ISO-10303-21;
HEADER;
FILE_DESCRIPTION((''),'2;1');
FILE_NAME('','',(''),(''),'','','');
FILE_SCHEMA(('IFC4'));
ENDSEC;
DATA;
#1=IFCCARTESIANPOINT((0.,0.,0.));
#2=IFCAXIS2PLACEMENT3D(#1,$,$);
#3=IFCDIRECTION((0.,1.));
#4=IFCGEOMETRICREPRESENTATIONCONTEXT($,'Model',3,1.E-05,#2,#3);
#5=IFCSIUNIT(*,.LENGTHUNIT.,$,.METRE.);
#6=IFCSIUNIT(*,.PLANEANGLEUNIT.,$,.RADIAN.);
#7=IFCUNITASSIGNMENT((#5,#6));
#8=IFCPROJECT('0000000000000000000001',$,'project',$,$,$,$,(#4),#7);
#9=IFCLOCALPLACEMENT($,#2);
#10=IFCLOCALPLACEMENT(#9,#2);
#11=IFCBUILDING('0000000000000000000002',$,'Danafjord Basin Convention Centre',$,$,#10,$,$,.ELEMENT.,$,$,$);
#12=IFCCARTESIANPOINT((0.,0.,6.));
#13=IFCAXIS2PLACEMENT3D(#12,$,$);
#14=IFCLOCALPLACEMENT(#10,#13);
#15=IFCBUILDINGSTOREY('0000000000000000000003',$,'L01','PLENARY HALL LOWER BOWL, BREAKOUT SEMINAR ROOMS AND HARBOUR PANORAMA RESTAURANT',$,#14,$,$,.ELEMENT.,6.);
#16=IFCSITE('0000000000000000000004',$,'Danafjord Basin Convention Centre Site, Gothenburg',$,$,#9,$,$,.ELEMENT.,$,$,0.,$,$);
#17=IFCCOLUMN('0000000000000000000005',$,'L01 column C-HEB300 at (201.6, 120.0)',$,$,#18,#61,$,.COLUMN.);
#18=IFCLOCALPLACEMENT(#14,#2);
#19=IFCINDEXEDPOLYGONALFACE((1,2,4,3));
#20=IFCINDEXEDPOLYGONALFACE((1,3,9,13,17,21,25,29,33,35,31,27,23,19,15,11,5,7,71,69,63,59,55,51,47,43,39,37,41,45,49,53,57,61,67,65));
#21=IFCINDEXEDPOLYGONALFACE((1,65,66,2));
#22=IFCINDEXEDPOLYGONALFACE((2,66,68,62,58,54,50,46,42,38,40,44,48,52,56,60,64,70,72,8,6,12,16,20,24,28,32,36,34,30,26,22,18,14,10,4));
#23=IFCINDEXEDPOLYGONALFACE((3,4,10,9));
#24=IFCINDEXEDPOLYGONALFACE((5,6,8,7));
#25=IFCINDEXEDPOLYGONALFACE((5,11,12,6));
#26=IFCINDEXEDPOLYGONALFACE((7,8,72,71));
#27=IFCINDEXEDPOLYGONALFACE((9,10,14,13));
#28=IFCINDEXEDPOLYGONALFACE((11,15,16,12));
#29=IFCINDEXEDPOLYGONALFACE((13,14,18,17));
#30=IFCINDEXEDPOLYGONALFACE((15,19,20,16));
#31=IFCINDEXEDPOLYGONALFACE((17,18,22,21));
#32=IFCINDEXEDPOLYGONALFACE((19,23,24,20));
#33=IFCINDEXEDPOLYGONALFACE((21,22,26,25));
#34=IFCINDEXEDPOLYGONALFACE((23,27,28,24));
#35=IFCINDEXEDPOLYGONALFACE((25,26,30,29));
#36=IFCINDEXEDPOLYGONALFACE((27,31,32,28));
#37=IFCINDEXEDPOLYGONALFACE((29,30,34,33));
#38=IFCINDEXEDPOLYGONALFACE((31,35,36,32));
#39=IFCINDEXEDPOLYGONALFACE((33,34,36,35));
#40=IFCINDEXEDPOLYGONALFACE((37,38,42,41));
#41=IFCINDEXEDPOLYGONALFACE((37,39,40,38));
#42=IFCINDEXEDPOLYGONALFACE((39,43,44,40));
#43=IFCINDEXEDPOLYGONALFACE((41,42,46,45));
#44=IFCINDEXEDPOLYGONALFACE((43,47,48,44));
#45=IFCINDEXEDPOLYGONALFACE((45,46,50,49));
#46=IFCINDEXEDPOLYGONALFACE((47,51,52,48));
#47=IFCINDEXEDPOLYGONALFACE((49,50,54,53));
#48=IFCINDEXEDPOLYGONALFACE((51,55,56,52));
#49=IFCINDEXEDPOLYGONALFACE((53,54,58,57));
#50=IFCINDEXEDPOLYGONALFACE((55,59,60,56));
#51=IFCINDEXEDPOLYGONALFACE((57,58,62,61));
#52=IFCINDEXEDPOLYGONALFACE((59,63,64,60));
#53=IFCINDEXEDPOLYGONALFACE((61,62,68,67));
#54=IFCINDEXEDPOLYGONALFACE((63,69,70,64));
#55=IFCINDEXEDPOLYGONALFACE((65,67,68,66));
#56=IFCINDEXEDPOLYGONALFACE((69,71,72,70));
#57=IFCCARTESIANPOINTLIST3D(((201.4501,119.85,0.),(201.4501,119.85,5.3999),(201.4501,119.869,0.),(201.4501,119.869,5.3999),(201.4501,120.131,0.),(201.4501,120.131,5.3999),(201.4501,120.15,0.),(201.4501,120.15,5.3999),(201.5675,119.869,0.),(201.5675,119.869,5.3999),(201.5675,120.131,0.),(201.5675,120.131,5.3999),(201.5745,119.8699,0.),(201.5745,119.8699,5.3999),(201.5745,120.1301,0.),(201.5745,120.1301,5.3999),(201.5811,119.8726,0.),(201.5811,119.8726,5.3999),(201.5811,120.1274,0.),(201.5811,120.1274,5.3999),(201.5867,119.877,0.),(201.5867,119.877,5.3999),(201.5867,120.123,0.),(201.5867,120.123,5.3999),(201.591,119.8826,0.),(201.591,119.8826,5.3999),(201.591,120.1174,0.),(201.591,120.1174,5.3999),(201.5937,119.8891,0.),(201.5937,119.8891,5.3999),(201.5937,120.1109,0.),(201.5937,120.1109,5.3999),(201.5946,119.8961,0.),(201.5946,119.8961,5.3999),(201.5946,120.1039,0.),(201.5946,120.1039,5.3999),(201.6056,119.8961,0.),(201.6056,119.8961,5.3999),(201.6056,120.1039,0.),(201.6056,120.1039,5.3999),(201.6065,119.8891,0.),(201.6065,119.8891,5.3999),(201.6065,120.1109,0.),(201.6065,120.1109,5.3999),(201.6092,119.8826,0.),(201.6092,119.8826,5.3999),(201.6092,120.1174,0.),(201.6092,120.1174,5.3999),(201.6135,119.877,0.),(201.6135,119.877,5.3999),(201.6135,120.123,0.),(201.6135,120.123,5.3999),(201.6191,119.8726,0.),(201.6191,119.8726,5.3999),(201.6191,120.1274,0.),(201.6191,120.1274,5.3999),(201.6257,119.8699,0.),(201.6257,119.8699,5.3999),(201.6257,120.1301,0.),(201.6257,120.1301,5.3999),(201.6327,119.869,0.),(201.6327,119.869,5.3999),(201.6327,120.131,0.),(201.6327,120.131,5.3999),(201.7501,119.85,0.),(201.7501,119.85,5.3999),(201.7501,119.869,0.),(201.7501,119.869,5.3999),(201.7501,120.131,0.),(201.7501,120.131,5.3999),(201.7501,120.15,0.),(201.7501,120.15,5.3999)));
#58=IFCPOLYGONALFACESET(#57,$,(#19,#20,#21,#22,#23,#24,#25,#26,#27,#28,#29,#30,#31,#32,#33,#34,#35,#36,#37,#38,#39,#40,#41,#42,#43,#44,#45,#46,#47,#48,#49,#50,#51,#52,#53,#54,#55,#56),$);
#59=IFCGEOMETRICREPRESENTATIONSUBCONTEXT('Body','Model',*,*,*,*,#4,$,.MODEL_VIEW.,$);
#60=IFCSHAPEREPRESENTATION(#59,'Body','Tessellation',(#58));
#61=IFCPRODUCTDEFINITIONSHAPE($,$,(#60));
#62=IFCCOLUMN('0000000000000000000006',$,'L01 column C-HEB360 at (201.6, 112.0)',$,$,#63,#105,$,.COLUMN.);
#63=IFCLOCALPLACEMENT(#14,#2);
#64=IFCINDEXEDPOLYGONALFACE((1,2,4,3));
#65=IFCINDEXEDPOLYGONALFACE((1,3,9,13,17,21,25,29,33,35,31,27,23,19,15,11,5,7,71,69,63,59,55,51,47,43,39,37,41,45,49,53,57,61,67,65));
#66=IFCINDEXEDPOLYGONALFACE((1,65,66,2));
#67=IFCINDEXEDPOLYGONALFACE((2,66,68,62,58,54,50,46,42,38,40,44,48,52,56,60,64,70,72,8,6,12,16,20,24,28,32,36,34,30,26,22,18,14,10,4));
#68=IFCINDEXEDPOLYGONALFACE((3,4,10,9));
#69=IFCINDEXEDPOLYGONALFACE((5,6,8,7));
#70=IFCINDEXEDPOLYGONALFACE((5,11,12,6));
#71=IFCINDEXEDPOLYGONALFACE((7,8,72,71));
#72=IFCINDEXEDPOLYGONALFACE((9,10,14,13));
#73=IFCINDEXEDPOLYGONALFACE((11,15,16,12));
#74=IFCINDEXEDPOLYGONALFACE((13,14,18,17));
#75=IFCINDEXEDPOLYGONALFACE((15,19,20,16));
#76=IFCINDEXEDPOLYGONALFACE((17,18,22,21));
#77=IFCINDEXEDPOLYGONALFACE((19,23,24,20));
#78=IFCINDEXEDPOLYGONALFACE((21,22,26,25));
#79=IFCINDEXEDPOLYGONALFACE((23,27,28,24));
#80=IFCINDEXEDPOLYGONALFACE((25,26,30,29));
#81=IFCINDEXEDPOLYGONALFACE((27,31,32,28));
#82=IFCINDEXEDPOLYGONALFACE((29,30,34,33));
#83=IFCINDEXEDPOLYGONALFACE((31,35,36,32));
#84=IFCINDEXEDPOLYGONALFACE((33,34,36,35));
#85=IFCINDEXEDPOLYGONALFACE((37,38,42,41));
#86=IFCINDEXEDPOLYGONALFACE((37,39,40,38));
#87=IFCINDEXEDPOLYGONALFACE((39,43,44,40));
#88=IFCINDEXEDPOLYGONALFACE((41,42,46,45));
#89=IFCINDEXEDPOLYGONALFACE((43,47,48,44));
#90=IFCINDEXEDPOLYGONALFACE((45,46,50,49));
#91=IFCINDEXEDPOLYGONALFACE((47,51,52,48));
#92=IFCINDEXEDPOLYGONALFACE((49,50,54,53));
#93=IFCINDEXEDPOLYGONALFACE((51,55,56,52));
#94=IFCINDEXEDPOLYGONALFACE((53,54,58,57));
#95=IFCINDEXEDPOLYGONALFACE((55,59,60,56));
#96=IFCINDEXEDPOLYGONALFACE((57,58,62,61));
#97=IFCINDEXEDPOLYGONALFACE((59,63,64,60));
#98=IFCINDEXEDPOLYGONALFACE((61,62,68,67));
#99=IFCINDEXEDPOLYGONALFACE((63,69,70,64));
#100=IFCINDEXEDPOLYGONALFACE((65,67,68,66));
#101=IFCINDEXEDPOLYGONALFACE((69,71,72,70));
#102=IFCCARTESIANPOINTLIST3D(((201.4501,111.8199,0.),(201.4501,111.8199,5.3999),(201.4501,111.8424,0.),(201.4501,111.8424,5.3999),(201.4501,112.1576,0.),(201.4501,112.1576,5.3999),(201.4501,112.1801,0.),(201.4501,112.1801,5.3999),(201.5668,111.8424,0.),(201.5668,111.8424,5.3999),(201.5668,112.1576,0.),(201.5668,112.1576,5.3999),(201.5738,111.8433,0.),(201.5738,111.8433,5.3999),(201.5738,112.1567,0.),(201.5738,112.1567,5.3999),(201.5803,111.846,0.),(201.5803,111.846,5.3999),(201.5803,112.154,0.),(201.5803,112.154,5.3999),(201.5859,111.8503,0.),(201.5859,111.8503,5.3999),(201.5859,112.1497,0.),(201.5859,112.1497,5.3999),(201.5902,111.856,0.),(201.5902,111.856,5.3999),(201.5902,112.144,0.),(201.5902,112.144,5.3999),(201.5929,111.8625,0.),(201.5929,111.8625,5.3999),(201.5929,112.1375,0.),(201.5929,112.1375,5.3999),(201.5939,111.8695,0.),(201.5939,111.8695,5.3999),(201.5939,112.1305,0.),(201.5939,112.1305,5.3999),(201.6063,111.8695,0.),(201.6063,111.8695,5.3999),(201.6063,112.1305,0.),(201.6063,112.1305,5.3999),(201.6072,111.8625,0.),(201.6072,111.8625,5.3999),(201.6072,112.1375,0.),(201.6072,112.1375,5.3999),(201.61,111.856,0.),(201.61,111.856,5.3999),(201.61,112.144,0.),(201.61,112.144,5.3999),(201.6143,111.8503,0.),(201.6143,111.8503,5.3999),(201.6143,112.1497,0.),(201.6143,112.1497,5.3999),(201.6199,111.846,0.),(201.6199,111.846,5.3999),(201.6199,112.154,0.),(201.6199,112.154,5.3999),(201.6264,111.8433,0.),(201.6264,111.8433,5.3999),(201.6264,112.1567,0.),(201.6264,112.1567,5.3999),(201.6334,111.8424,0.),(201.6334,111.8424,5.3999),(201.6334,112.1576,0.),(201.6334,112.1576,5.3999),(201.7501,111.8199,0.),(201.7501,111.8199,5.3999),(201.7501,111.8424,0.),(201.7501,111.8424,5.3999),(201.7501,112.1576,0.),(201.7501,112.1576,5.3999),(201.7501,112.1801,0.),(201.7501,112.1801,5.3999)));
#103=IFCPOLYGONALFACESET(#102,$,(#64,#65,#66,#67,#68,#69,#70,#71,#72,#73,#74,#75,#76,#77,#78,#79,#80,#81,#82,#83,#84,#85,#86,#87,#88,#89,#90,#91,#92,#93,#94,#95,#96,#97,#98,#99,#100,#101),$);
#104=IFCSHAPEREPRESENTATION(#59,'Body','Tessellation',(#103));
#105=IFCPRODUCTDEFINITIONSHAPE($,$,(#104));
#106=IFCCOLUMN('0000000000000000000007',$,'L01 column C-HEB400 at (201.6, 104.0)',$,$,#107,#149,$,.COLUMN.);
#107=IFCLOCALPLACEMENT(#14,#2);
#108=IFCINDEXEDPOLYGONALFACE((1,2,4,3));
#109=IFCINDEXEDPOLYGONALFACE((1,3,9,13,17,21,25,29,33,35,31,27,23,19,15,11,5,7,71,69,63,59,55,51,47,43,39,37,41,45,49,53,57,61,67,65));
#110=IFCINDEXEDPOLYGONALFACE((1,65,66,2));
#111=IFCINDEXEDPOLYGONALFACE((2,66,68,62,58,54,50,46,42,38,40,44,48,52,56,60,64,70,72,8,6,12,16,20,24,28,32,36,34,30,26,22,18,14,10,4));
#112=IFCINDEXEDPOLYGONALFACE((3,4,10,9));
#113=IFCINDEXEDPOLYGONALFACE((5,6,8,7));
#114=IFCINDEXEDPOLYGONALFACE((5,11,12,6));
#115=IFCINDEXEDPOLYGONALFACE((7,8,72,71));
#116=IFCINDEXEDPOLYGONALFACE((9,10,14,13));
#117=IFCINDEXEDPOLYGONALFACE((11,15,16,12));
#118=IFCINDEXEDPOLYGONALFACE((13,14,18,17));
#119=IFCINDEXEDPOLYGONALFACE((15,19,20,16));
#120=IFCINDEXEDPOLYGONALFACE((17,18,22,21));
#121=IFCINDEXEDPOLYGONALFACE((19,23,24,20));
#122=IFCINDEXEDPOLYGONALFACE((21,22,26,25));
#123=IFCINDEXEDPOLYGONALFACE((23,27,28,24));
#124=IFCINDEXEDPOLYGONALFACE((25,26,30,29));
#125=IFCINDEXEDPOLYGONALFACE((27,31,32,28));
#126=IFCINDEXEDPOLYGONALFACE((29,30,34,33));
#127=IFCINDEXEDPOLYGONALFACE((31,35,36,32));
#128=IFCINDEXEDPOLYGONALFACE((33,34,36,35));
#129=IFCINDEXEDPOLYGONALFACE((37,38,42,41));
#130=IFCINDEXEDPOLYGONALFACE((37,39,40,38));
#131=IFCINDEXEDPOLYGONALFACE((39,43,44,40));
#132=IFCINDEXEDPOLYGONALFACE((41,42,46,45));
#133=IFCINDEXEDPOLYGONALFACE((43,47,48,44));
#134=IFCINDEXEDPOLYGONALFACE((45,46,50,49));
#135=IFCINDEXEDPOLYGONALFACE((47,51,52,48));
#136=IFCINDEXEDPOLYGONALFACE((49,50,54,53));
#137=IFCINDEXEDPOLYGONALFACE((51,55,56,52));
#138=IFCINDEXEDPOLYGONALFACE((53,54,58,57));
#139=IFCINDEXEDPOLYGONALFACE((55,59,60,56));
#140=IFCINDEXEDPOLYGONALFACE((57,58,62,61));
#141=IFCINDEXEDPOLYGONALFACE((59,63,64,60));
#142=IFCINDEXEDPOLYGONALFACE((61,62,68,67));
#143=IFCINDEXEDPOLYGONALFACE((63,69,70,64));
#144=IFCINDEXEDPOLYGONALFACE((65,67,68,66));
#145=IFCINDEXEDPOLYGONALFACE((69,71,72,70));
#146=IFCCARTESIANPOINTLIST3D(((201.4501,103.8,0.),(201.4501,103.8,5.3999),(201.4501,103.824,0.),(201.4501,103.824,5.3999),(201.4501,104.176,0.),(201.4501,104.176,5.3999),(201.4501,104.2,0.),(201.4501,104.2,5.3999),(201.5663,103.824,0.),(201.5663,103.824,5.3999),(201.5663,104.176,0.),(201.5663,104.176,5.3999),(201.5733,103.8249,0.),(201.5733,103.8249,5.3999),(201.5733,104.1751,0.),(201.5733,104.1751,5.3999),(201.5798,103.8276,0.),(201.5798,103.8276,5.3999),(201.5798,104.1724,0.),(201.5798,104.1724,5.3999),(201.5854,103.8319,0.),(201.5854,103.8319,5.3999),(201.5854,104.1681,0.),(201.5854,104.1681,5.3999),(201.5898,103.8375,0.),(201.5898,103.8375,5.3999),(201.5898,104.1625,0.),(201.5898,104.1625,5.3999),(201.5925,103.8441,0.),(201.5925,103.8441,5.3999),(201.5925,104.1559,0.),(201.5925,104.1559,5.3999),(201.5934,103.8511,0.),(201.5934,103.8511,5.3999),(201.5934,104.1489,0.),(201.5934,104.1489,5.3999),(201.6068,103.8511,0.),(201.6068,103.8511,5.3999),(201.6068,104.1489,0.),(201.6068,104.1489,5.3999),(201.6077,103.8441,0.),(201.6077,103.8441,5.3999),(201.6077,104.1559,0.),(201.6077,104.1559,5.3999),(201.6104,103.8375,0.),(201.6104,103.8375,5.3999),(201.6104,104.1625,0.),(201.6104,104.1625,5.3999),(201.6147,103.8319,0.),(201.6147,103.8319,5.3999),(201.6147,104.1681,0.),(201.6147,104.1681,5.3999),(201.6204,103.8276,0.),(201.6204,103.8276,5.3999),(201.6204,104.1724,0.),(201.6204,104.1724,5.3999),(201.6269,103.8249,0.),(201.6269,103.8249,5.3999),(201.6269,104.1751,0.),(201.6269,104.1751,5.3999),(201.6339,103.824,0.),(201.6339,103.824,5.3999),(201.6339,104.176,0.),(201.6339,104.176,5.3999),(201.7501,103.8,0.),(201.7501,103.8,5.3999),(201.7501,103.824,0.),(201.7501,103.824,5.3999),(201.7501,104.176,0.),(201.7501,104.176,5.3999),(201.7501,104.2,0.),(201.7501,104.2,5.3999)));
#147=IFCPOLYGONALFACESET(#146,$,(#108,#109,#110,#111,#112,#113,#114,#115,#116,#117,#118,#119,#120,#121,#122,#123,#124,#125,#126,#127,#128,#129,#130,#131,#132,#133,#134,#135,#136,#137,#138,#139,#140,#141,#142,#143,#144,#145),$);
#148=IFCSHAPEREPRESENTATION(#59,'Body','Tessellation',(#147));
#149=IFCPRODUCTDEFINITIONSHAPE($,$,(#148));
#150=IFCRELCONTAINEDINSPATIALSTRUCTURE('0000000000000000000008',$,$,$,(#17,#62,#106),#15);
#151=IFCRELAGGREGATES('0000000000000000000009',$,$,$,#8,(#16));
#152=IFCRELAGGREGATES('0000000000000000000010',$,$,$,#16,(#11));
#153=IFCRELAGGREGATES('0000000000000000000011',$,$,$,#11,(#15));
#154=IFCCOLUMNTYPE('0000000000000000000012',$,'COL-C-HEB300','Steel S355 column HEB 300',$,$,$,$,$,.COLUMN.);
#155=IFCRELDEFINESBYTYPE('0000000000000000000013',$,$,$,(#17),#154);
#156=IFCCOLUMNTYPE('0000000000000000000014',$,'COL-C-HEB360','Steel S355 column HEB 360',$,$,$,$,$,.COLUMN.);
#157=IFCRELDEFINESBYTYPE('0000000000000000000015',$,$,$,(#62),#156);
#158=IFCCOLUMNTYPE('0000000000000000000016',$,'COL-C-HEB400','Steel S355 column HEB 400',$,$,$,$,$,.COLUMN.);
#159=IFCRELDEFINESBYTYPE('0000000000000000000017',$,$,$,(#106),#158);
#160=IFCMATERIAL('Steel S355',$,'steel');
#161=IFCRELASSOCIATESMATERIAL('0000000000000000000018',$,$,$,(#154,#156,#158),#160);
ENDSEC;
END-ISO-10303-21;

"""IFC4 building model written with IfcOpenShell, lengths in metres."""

from ifc_helpers import new_model, si_unit, direction, frame, origin, origin_2d, place, context, subcontext, project, spatial, i_section, extrude, material, material_profile, profile_set, type_object, element, save


model = new_model("IFC4")

# Units and contexts
model_context = context("Model", 3, precision=1e-05, world=origin(), true_north=direction((0.0, 1.0)))
body_context = subcontext(model_context, "Body", "Model", "MODEL_VIEW")
ifc_project = project(units=[si_unit("LENGTHUNIT", "METRE"), si_unit("PLANEANGLEUNIT", "RADIAN")], contexts=[model_context])

# Site, building, storey
site_placement = place(None, origin())
site = spatial("IfcSite", under=ifc_project, at=site_placement, Name="Danafjord Basin Convention Centre Site, Gothenburg", CompositionType="ELEMENT", RefElevation=0.0)
building_placement = place(site_placement, origin())
building = spatial("IfcBuilding", under=site, at=building_placement, Name="Danafjord Basin Convention Centre", CompositionType="ELEMENT")
storey_placement = place(building_placement, frame((0.0, 0.0, 6.0)))
storey = spatial("IfcBuildingStorey", under=building, at=storey_placement, Name="L01", Description="PLENARY HALL LOWER BOWL, BREAKOUT SEMINAR ROOMS AND HARBOUR PANORAMA RESTAURANT", CompositionType="ELEMENT", Elevation=6.0)

# Columns
ifc_material_1 = material(Name="Steel S355", Category="steel")
ifc_material_profile_1 = material_profile(ifc_material_1, i_section(OverallWidth=0.3, OverallDepth=0.3, WebThickness=0.011, FlangeThickness=0.019, FilletRadius=0.0271, at=origin_2d()), Name="HEB 300")
ifc_profile_set_1 = profile_set([ifc_material_profile_1], Name="Steel S355")
column_type_1 = type_object("IfcColumnType", Name="COL-C-HEB300", Description="Steel S355 column HEB 300", PredefinedType="COLUMN", material=ifc_profile_set_1)
for number, where, z_axis, x_axis, name in (
    (1, (201.6001, 120.0, 0.0), (0.0, 0.0, 1.0), (1.0, 0.0, 0.0), "L01 column C-HEB300 at (201.6, 120.0)"),
):
    element("IfcColumn", number, at=place(storey_placement, frame(where, z_axis=z_axis, x_axis=x_axis)), inside=storey, type_object=column_type_1, Name=name, PredefinedType="COLUMN", context=body_context, shape_type="SweptSolid", body=[
        extrude(i_section(OverallWidth=0.3, OverallDepth=0.3, WebThickness=0.011, FlangeThickness=0.019, FilletRadius=0.0271, at=origin_2d()), origin(), (0.0, 0.0, 1.0), 5.3999),
    ])
ifc_material_profile_2 = material_profile(ifc_material_1, i_section(OverallWidth=0.3, OverallDepth=0.3601, WebThickness=0.0125, FlangeThickness=0.0225, FilletRadius=0.0271, at=origin_2d()), Name="HEB 360")
ifc_profile_set_2 = profile_set([ifc_material_profile_2], Name="Steel S355")
column_type_2 = type_object("IfcColumnType", Name="COL-C-HEB360", Description="Steel S355 column HEB 360", PredefinedType="COLUMN", material=ifc_profile_set_2)
column_1_placement = place(storey_placement, frame((201.6001, 112.0, 0.0), z_axis=(0.0, 0.0, 1.0), x_axis=(1.0, 0.0, 0.0)))
element("IfcColumn", 2, at=column_1_placement, inside=storey, type_object=column_type_2, Name="L01 column C-HEB360 at (201.6, 112.0)", PredefinedType="COLUMN", context=body_context, shape_type="SweptSolid", body=[
    extrude(i_section(OverallWidth=0.3, OverallDepth=0.3601, WebThickness=0.0125, FlangeThickness=0.0225, FilletRadius=0.0271, at=origin_2d()), origin(), (0.0, 0.0, 1.0), 5.3999),
])
ifc_material_profile_3 = material_profile(ifc_material_1, i_section(OverallWidth=0.3, OverallDepth=0.3999, WebThickness=0.0134, FlangeThickness=0.0239, FilletRadius=0.0271, at=origin_2d()), Name="HEB 400")
ifc_profile_set_3 = profile_set([ifc_material_profile_3], Name="Steel S355")
column_type_3 = type_object("IfcColumnType", Name="COL-C-HEB400", Description="Steel S355 column HEB 400", PredefinedType="COLUMN", material=ifc_profile_set_3)
column_2_placement = place(storey_placement, frame((201.6001, 104.0, 0.0), z_axis=(0.0, 0.0, 1.0), x_axis=(1.0, 0.0, 0.0)))
element("IfcColumn", 3, at=column_2_placement, inside=storey, type_object=column_type_3, Name="L01 column C-HEB400 at (201.6, 104.0)", PredefinedType="COLUMN", context=body_context, shape_type="SweptSolid", body=[
    extrude(i_section(OverallWidth=0.3, OverallDepth=0.3999, WebThickness=0.0134, FlangeThickness=0.0239, FilletRadius=0.0271, at=origin_2d()), origin(), (0.0, 0.0, 1.0), 5.3999),
])

save(model, "model.ifc")
